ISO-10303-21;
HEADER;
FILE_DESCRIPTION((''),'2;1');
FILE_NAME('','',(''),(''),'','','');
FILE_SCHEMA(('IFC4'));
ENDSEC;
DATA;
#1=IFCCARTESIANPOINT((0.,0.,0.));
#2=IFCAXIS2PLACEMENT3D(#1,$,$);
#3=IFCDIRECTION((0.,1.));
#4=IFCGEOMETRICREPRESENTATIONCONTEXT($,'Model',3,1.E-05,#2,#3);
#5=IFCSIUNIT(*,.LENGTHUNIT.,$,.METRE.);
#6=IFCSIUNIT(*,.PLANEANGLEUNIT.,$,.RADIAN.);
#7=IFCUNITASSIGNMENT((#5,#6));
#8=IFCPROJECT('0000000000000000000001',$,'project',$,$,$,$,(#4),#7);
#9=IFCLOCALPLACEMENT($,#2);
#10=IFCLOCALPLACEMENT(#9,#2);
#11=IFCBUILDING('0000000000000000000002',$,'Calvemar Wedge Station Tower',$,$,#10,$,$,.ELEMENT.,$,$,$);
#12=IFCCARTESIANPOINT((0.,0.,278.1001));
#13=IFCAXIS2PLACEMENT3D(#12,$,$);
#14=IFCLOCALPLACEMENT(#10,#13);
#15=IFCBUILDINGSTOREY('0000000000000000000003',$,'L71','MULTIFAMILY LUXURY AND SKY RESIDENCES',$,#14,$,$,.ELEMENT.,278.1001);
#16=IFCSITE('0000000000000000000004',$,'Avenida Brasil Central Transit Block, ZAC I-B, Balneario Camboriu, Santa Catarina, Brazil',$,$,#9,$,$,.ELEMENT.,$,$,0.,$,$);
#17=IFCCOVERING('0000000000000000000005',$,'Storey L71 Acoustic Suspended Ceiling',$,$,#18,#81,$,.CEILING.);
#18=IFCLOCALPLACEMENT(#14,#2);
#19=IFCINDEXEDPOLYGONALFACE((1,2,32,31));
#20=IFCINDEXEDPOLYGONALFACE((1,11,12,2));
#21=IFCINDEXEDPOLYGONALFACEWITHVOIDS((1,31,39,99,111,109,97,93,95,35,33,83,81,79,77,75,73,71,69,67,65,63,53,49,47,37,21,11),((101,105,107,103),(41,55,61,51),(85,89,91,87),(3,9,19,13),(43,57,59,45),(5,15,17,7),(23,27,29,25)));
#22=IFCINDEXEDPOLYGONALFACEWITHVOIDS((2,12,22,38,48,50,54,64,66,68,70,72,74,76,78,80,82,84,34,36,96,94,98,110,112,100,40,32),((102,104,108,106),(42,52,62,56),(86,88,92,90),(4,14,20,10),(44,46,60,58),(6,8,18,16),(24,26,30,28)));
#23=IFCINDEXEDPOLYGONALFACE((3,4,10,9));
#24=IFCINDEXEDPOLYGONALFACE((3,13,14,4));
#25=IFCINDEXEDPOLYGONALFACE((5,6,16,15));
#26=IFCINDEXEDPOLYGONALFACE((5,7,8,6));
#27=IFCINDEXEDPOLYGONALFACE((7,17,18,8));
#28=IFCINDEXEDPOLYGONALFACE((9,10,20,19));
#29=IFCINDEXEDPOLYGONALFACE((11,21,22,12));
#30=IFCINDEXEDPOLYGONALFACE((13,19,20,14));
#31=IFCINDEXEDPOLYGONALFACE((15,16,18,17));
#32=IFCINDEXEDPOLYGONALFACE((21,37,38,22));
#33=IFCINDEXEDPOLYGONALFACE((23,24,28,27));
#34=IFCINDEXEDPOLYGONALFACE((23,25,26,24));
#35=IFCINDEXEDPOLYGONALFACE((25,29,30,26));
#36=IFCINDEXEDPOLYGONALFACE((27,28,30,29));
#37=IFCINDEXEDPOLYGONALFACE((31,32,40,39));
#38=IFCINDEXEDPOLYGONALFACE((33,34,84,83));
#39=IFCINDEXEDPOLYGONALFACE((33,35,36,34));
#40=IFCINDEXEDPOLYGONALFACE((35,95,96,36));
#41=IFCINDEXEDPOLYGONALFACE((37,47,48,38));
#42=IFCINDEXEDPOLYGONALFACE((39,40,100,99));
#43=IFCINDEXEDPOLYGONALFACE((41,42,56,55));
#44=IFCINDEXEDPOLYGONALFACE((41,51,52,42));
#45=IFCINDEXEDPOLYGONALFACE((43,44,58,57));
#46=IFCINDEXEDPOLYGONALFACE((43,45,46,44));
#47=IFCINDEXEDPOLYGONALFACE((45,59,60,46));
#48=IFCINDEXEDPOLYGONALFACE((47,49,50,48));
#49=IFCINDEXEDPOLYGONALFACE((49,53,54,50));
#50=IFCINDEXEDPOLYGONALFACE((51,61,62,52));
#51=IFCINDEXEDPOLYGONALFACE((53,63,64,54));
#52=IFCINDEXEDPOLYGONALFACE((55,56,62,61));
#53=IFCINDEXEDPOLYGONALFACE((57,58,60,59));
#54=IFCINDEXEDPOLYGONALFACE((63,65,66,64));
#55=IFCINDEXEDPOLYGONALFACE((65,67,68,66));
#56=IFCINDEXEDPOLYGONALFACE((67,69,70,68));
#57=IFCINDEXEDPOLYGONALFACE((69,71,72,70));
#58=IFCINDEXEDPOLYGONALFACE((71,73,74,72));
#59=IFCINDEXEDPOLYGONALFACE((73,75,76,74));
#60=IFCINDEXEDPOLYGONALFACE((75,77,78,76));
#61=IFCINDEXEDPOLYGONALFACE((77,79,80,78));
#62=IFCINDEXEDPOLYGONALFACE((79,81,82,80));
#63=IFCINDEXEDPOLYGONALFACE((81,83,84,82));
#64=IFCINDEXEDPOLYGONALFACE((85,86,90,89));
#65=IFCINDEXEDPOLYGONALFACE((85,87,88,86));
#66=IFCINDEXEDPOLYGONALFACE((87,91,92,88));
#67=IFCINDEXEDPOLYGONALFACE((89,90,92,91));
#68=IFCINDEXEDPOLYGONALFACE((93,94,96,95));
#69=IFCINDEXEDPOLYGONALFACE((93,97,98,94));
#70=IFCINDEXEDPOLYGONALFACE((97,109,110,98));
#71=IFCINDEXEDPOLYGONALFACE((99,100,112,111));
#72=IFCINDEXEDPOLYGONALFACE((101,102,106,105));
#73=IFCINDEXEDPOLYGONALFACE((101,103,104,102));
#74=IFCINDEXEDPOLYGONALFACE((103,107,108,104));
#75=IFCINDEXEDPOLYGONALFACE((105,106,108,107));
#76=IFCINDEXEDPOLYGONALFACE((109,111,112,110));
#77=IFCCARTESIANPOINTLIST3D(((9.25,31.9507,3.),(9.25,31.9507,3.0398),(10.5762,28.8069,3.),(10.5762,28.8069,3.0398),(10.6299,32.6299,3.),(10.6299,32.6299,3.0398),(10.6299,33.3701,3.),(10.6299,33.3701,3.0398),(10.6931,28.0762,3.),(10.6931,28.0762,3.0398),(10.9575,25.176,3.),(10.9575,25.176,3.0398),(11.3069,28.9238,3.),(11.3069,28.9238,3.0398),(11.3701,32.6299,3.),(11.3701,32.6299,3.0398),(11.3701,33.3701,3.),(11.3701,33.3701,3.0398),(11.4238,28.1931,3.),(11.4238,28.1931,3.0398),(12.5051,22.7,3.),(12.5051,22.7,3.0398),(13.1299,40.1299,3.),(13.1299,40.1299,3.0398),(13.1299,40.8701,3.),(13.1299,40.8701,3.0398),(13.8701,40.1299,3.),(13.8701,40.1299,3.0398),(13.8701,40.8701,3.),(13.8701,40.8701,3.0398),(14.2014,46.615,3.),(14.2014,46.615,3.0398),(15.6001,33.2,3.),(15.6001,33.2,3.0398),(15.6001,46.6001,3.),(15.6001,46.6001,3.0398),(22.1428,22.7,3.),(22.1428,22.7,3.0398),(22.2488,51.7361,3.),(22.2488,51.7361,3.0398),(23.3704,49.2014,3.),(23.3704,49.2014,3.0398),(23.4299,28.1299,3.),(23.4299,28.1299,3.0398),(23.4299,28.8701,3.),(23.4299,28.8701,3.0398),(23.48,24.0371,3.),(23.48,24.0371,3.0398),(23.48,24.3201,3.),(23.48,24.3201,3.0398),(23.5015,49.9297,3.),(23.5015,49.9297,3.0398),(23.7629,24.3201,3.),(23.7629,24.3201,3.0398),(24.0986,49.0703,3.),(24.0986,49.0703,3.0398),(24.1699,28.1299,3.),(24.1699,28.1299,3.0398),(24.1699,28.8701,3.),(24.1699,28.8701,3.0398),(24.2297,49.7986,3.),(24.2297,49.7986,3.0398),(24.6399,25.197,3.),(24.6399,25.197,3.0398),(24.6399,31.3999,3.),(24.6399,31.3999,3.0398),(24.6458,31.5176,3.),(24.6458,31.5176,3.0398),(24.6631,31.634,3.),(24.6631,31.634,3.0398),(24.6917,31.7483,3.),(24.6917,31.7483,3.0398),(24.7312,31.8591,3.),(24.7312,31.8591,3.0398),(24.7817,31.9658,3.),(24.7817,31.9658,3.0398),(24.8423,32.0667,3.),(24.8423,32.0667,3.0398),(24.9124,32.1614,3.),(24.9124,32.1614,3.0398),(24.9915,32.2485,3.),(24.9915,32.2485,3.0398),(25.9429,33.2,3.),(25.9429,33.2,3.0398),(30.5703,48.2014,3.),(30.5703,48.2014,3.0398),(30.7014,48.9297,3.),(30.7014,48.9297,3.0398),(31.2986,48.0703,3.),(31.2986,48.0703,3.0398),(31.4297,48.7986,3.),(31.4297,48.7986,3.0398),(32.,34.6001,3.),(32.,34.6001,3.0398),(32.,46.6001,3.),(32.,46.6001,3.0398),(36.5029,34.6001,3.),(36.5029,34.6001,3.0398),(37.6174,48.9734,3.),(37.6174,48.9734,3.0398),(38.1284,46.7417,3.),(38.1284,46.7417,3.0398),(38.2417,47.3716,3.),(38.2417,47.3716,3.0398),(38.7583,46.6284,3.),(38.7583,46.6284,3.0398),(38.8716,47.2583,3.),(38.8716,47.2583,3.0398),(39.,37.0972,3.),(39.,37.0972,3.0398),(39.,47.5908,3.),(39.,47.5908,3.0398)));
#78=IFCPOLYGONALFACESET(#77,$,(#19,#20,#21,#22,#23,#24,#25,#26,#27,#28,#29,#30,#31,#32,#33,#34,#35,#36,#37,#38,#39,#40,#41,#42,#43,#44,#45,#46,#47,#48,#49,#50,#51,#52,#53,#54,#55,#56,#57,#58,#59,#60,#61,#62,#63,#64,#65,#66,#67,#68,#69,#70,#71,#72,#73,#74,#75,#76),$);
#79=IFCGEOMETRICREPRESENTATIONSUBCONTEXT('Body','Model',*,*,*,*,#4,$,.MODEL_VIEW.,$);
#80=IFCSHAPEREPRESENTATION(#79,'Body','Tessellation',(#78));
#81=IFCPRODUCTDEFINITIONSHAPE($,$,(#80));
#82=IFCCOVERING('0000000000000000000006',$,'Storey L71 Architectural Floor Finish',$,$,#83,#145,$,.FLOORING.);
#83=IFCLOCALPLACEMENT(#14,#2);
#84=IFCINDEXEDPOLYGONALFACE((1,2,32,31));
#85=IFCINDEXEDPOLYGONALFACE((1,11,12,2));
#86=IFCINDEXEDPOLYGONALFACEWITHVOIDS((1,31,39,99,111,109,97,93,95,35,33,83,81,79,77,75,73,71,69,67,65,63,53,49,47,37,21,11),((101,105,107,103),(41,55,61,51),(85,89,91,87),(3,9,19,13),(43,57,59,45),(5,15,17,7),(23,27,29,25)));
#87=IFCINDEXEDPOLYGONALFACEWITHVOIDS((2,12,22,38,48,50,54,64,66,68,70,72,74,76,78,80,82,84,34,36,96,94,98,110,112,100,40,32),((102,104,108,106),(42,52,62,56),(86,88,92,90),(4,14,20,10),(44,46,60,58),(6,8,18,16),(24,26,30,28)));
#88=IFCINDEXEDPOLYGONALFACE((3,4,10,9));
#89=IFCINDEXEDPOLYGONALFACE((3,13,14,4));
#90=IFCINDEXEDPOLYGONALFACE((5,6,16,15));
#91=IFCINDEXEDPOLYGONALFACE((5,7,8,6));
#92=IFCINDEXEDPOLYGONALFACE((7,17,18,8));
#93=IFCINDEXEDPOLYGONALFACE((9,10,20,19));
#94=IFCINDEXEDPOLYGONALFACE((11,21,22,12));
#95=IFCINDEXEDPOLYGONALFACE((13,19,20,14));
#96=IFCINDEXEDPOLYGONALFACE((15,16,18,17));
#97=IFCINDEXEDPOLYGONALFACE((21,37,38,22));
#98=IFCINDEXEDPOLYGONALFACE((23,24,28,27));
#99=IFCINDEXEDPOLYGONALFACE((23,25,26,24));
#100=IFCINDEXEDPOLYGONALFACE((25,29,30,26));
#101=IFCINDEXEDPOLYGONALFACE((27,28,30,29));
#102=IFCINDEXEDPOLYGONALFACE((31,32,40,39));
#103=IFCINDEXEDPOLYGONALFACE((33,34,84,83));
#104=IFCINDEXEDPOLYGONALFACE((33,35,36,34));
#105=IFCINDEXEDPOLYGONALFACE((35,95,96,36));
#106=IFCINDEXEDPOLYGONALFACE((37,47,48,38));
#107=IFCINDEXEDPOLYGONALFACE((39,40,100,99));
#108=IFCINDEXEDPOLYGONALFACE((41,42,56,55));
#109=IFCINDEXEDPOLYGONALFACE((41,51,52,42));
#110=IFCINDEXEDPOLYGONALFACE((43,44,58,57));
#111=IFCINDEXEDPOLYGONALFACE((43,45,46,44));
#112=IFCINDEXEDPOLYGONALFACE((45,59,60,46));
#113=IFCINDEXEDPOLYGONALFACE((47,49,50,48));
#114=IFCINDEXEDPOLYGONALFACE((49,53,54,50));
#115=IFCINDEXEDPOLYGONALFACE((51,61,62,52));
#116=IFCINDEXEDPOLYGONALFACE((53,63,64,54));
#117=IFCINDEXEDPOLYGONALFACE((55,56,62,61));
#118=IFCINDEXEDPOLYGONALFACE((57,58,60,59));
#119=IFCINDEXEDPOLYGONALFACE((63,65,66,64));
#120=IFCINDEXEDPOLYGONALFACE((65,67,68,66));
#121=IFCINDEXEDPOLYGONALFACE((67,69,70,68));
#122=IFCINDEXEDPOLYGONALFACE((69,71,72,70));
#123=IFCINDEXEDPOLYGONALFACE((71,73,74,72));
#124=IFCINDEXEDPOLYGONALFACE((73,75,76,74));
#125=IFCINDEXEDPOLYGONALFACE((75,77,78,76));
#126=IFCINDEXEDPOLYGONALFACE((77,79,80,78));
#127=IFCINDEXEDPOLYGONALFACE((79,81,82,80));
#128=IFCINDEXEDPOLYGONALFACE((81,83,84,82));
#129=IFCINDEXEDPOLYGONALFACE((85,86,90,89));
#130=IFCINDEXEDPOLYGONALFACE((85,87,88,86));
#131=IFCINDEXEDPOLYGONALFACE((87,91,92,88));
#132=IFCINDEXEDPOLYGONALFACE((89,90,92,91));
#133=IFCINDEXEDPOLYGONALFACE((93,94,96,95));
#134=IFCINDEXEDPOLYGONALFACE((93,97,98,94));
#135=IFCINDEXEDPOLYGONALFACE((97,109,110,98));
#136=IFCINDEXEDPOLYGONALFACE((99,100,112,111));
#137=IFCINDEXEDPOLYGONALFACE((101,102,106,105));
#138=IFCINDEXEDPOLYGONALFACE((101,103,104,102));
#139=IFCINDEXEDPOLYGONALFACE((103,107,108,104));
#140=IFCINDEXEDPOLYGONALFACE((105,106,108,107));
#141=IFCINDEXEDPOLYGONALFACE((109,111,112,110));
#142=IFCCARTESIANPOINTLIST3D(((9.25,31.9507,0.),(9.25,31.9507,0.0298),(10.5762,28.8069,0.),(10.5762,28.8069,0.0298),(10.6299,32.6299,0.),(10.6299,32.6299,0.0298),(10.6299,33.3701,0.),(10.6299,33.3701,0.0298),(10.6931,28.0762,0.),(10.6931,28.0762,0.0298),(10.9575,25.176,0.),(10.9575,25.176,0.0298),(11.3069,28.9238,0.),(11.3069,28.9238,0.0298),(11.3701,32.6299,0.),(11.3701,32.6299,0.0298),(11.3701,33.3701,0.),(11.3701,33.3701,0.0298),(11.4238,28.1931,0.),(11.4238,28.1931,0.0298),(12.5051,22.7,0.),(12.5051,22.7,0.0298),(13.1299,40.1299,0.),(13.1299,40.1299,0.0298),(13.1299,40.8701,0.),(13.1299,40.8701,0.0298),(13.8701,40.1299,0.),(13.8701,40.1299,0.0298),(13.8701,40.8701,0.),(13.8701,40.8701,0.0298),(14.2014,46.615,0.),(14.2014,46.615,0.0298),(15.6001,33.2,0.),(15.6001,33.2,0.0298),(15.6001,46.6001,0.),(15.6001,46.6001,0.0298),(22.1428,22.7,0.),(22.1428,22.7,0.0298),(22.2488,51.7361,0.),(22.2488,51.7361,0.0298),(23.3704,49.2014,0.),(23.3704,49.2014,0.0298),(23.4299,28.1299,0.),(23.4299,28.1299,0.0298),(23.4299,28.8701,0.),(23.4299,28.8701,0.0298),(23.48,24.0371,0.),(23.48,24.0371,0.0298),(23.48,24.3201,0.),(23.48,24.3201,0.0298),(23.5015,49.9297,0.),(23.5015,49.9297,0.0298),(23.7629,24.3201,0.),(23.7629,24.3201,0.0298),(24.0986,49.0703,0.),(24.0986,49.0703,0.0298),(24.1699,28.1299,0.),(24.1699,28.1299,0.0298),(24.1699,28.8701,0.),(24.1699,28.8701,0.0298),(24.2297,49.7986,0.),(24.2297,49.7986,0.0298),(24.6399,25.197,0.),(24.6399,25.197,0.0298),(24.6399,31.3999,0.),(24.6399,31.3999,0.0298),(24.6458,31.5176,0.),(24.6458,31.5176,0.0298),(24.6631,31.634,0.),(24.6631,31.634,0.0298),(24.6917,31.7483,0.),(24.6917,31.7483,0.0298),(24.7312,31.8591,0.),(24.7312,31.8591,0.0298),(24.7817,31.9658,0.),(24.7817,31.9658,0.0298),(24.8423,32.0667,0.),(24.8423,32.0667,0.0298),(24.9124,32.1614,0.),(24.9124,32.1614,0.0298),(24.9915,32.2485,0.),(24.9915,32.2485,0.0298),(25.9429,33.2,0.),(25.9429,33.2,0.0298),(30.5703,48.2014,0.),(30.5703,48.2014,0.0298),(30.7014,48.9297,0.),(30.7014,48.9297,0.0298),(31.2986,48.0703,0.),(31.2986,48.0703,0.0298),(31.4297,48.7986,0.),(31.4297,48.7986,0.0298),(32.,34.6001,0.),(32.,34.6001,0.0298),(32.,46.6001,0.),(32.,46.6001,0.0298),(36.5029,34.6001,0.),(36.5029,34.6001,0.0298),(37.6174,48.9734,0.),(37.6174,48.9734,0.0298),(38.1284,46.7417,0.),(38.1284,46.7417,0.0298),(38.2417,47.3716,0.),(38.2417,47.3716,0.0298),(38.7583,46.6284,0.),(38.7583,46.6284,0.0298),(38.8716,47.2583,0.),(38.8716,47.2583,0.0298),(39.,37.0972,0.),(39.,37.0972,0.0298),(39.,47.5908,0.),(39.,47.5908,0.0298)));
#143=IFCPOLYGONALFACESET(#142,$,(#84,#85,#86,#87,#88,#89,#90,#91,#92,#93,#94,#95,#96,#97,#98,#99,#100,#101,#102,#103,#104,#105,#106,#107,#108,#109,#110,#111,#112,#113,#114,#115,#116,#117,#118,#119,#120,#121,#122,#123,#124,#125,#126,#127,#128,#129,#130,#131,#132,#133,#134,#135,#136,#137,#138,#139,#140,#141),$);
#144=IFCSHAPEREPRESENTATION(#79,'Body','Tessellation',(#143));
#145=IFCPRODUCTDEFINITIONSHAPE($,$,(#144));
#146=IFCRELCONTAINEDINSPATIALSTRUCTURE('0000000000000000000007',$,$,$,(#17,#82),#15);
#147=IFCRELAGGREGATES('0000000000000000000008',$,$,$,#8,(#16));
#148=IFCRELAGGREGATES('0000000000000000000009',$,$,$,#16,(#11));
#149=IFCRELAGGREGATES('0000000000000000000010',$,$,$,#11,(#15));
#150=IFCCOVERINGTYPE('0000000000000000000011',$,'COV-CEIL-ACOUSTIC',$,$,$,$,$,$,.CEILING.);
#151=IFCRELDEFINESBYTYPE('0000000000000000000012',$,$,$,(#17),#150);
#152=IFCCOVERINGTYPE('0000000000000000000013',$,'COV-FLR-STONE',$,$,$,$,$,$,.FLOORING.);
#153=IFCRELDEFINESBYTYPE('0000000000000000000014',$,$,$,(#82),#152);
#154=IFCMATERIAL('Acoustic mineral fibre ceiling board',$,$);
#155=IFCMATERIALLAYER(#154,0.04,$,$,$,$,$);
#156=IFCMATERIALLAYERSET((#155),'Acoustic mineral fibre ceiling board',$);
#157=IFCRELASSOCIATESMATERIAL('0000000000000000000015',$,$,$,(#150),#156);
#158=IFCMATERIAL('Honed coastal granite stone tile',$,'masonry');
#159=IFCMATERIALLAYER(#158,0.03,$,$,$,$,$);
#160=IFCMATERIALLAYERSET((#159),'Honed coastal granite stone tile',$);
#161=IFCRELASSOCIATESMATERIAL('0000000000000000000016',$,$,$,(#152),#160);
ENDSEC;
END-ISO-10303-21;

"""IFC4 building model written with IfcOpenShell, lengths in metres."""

from ifc_helpers import new_model, si_unit, direction, frame, origin, place, context, subcontext, project, spatial, polyline, outline, extrude, material, layer, layer_set, type_object, element, save


model = new_model("IFC4")

# Units and contexts
model_context = context("Model", 3, precision=1e-05, world=origin(), true_north=direction((0.0, 1.0)))
body_context = subcontext(model_context, "Body", "Model", "MODEL_VIEW")
ifc_project = project(units=[si_unit("LENGTHUNIT", "METRE"), si_unit("PLANEANGLEUNIT", "RADIAN")], contexts=[model_context])

# Site, building, storey
site_placement = place(None, origin())
site = spatial("IfcSite", under=ifc_project, at=site_placement, Name="Avenida Brasil Central Transit Block, ZAC I-B, Balneario Camboriu, Santa Catarina, Brazil", CompositionType="ELEMENT", RefElevation=0.0)
building_placement = place(site_placement, origin())
building = spatial("IfcBuilding", under=site, at=building_placement, Name="Calvemar Wedge Station Tower", CompositionType="ELEMENT")
storey_placement = place(building_placement, frame((0.0, 0.0, 278.1001)))
storey = spatial("IfcBuildingStorey", under=building, at=storey_placement, Name="L71", Description="MULTIFAMILY LUXURY AND SKY RESIDENCES", CompositionType="ELEMENT", Elevation=278.1001)

# Coverings
ifc_material_1 = material(Name="Acoustic mineral fibre ceiling board")
ifc_layer_1 = layer(ifc_material_1, 0.04)
ifc_layer_set_1 = layer_set([ifc_layer_1], Name="Acoustic mineral fibre ceiling board")
covering_type_1 = type_object("IfcCoveringType", Name="COV-CEIL-ACOUSTIC", PredefinedType="CEILING", material=ifc_layer_set_1)
covering_1_placement = place(storey_placement, frame((0.0, 0.0, 3.0)))
element("IfcCovering", 1, at=covering_1_placement, inside=storey, type_object=covering_type_1, Name="Storey L71 Acoustic Suspended Ceiling", PredefinedType="CEILING", context=body_context, shape_type="SweptSolid", body=[
    extrude(outline(polyline([(32.0, 46.6001), (32.0, 34.6001), (36.5029, 34.6001), (39.0, 37.0972), (39.0, 47.5908), (37.6174, 48.9734), (22.2488, 51.7361), (14.2014, 46.615), (9.25, 31.9507), (10.9575, 25.176), (12.5051, 22.7), (22.1428, 22.7), (23.48, 24.0371), (23.48, 24.3201), (23.7629, 24.3201), (24.6399, 25.197), (24.6399, 31.3999), (24.6458, 31.5176), (24.6631, 31.634), (24.6917, 31.7483), (24.7312, 31.8591), (24.7817, 31.9658), (24.8423, 32.0667), (24.9124, 32.1614), (24.9915, 32.2485), (25.9429, 33.2), (15.6001, 33.2), (15.6001, 46.6001), (32.0, 46.6001)]), holes=[polyline([(10.6299, 32.6299), (10.6299, 33.3701), (11.3701, 33.3701), (11.3701, 32.6299), (10.6299, 32.6299)]), polyline([(13.1299, 40.8701), (13.8701, 40.8701), (13.8701, 40.1299), (13.1299, 40.1299), (13.1299, 40.8701)]), polyline([(24.2297, 49.7986), (24.0986, 49.0703), (23.3704, 49.2014), (23.5015, 49.9297), (24.2297, 49.7986)]), polyline([(31.2986, 48.0703), (30.5703, 48.2014), (30.7014, 48.9297), (31.4297, 48.7986), (31.2986, 48.0703)]), polyline([(38.1284, 46.7417), (38.2417, 47.3716), (38.8716, 47.2583), (38.7583, 46.6284), (38.1284, 46.7417)]), polyline([(11.3069, 28.9238), (11.4238, 28.1931), (10.6931, 28.0762), (10.5762, 28.8069), (11.3069, 28.9238)]), polyline([(24.1699, 28.8701), (24.1699, 28.1299), (23.4299, 28.1299), (23.4299, 28.8701), (24.1699, 28.8701)])]), origin(), (0.0, 0.0, 1.0), 0.0398),
])
ifc_material_2 = material(Name="Honed coastal granite stone tile", Category="masonry")
ifc_layer_2 = layer(ifc_material_2, 0.03)
ifc_layer_set_2 = layer_set([ifc_layer_2], Name="Honed coastal granite stone tile")
covering_type_2 = type_object("IfcCoveringType", Name="COV-FLR-STONE", PredefinedType="FLOORING", material=ifc_layer_set_2)
covering_2_placement = place(storey_placement, origin())
element("IfcCovering", 2, at=covering_2_placement, inside=storey, type_object=covering_type_2, Name="Storey L71 Architectural Floor Finish", PredefinedType="FLOORING", context=body_context, shape_type="SweptSolid", body=[
    extrude(outline(polyline([(32.0, 46.6001), (32.0, 34.6001), (36.5029, 34.6001), (39.0, 37.0972), (39.0, 47.5908), (37.6174, 48.9734), (22.2488, 51.7361), (14.2014, 46.615), (9.25, 31.9507), (10.9575, 25.176), (12.5051, 22.7), (22.1428, 22.7), (23.48, 24.0371), (23.48, 24.3201), (23.7629, 24.3201), (24.6399, 25.197), (24.6399, 31.3999), (24.6458, 31.5176), (24.6631, 31.634), (24.6917, 31.7483), (24.7312, 31.8591), (24.7817, 31.9658), (24.8423, 32.0667), (24.9124, 32.1614), (24.9915, 32.2485), (25.9429, 33.2), (15.6001, 33.2), (15.6001, 46.6001), (32.0, 46.6001)]), holes=[polyline([(10.6299, 32.6299), (10.6299, 33.3701), (11.3701, 33.3701), (11.3701, 32.6299), (10.6299, 32.6299)]), polyline([(13.1299, 40.8701), (13.8701, 40.8701), (13.8701, 40.1299), (13.1299, 40.1299), (13.1299, 40.8701)]), polyline([(24.2297, 49.7986), (24.0986, 49.0703), (23.3704, 49.2014), (23.5015, 49.9297), (24.2297, 49.7986)]), polyline([(31.2986, 48.0703), (30.5703, 48.2014), (30.7014, 48.9297), (31.4297, 48.7986), (31.2986, 48.0703)]), polyline([(38.1284, 46.7417), (38.2417, 47.3716), (38.8716, 47.2583), (38.7583, 46.6284), (38.1284, 46.7417)]), polyline([(11.3069, 28.9238), (11.4238, 28.1931), (10.6931, 28.0762), (10.5762, 28.8069), (11.3069, 28.9238)]), polyline([(24.1699, 28.8701), (24.1699, 28.1299), (23.4299, 28.1299), (23.4299, 28.8701), (24.1699, 28.8701)])]), origin(), (0.0, 0.0, 1.0), 0.0298),
])

save(model, "model.ifc")
